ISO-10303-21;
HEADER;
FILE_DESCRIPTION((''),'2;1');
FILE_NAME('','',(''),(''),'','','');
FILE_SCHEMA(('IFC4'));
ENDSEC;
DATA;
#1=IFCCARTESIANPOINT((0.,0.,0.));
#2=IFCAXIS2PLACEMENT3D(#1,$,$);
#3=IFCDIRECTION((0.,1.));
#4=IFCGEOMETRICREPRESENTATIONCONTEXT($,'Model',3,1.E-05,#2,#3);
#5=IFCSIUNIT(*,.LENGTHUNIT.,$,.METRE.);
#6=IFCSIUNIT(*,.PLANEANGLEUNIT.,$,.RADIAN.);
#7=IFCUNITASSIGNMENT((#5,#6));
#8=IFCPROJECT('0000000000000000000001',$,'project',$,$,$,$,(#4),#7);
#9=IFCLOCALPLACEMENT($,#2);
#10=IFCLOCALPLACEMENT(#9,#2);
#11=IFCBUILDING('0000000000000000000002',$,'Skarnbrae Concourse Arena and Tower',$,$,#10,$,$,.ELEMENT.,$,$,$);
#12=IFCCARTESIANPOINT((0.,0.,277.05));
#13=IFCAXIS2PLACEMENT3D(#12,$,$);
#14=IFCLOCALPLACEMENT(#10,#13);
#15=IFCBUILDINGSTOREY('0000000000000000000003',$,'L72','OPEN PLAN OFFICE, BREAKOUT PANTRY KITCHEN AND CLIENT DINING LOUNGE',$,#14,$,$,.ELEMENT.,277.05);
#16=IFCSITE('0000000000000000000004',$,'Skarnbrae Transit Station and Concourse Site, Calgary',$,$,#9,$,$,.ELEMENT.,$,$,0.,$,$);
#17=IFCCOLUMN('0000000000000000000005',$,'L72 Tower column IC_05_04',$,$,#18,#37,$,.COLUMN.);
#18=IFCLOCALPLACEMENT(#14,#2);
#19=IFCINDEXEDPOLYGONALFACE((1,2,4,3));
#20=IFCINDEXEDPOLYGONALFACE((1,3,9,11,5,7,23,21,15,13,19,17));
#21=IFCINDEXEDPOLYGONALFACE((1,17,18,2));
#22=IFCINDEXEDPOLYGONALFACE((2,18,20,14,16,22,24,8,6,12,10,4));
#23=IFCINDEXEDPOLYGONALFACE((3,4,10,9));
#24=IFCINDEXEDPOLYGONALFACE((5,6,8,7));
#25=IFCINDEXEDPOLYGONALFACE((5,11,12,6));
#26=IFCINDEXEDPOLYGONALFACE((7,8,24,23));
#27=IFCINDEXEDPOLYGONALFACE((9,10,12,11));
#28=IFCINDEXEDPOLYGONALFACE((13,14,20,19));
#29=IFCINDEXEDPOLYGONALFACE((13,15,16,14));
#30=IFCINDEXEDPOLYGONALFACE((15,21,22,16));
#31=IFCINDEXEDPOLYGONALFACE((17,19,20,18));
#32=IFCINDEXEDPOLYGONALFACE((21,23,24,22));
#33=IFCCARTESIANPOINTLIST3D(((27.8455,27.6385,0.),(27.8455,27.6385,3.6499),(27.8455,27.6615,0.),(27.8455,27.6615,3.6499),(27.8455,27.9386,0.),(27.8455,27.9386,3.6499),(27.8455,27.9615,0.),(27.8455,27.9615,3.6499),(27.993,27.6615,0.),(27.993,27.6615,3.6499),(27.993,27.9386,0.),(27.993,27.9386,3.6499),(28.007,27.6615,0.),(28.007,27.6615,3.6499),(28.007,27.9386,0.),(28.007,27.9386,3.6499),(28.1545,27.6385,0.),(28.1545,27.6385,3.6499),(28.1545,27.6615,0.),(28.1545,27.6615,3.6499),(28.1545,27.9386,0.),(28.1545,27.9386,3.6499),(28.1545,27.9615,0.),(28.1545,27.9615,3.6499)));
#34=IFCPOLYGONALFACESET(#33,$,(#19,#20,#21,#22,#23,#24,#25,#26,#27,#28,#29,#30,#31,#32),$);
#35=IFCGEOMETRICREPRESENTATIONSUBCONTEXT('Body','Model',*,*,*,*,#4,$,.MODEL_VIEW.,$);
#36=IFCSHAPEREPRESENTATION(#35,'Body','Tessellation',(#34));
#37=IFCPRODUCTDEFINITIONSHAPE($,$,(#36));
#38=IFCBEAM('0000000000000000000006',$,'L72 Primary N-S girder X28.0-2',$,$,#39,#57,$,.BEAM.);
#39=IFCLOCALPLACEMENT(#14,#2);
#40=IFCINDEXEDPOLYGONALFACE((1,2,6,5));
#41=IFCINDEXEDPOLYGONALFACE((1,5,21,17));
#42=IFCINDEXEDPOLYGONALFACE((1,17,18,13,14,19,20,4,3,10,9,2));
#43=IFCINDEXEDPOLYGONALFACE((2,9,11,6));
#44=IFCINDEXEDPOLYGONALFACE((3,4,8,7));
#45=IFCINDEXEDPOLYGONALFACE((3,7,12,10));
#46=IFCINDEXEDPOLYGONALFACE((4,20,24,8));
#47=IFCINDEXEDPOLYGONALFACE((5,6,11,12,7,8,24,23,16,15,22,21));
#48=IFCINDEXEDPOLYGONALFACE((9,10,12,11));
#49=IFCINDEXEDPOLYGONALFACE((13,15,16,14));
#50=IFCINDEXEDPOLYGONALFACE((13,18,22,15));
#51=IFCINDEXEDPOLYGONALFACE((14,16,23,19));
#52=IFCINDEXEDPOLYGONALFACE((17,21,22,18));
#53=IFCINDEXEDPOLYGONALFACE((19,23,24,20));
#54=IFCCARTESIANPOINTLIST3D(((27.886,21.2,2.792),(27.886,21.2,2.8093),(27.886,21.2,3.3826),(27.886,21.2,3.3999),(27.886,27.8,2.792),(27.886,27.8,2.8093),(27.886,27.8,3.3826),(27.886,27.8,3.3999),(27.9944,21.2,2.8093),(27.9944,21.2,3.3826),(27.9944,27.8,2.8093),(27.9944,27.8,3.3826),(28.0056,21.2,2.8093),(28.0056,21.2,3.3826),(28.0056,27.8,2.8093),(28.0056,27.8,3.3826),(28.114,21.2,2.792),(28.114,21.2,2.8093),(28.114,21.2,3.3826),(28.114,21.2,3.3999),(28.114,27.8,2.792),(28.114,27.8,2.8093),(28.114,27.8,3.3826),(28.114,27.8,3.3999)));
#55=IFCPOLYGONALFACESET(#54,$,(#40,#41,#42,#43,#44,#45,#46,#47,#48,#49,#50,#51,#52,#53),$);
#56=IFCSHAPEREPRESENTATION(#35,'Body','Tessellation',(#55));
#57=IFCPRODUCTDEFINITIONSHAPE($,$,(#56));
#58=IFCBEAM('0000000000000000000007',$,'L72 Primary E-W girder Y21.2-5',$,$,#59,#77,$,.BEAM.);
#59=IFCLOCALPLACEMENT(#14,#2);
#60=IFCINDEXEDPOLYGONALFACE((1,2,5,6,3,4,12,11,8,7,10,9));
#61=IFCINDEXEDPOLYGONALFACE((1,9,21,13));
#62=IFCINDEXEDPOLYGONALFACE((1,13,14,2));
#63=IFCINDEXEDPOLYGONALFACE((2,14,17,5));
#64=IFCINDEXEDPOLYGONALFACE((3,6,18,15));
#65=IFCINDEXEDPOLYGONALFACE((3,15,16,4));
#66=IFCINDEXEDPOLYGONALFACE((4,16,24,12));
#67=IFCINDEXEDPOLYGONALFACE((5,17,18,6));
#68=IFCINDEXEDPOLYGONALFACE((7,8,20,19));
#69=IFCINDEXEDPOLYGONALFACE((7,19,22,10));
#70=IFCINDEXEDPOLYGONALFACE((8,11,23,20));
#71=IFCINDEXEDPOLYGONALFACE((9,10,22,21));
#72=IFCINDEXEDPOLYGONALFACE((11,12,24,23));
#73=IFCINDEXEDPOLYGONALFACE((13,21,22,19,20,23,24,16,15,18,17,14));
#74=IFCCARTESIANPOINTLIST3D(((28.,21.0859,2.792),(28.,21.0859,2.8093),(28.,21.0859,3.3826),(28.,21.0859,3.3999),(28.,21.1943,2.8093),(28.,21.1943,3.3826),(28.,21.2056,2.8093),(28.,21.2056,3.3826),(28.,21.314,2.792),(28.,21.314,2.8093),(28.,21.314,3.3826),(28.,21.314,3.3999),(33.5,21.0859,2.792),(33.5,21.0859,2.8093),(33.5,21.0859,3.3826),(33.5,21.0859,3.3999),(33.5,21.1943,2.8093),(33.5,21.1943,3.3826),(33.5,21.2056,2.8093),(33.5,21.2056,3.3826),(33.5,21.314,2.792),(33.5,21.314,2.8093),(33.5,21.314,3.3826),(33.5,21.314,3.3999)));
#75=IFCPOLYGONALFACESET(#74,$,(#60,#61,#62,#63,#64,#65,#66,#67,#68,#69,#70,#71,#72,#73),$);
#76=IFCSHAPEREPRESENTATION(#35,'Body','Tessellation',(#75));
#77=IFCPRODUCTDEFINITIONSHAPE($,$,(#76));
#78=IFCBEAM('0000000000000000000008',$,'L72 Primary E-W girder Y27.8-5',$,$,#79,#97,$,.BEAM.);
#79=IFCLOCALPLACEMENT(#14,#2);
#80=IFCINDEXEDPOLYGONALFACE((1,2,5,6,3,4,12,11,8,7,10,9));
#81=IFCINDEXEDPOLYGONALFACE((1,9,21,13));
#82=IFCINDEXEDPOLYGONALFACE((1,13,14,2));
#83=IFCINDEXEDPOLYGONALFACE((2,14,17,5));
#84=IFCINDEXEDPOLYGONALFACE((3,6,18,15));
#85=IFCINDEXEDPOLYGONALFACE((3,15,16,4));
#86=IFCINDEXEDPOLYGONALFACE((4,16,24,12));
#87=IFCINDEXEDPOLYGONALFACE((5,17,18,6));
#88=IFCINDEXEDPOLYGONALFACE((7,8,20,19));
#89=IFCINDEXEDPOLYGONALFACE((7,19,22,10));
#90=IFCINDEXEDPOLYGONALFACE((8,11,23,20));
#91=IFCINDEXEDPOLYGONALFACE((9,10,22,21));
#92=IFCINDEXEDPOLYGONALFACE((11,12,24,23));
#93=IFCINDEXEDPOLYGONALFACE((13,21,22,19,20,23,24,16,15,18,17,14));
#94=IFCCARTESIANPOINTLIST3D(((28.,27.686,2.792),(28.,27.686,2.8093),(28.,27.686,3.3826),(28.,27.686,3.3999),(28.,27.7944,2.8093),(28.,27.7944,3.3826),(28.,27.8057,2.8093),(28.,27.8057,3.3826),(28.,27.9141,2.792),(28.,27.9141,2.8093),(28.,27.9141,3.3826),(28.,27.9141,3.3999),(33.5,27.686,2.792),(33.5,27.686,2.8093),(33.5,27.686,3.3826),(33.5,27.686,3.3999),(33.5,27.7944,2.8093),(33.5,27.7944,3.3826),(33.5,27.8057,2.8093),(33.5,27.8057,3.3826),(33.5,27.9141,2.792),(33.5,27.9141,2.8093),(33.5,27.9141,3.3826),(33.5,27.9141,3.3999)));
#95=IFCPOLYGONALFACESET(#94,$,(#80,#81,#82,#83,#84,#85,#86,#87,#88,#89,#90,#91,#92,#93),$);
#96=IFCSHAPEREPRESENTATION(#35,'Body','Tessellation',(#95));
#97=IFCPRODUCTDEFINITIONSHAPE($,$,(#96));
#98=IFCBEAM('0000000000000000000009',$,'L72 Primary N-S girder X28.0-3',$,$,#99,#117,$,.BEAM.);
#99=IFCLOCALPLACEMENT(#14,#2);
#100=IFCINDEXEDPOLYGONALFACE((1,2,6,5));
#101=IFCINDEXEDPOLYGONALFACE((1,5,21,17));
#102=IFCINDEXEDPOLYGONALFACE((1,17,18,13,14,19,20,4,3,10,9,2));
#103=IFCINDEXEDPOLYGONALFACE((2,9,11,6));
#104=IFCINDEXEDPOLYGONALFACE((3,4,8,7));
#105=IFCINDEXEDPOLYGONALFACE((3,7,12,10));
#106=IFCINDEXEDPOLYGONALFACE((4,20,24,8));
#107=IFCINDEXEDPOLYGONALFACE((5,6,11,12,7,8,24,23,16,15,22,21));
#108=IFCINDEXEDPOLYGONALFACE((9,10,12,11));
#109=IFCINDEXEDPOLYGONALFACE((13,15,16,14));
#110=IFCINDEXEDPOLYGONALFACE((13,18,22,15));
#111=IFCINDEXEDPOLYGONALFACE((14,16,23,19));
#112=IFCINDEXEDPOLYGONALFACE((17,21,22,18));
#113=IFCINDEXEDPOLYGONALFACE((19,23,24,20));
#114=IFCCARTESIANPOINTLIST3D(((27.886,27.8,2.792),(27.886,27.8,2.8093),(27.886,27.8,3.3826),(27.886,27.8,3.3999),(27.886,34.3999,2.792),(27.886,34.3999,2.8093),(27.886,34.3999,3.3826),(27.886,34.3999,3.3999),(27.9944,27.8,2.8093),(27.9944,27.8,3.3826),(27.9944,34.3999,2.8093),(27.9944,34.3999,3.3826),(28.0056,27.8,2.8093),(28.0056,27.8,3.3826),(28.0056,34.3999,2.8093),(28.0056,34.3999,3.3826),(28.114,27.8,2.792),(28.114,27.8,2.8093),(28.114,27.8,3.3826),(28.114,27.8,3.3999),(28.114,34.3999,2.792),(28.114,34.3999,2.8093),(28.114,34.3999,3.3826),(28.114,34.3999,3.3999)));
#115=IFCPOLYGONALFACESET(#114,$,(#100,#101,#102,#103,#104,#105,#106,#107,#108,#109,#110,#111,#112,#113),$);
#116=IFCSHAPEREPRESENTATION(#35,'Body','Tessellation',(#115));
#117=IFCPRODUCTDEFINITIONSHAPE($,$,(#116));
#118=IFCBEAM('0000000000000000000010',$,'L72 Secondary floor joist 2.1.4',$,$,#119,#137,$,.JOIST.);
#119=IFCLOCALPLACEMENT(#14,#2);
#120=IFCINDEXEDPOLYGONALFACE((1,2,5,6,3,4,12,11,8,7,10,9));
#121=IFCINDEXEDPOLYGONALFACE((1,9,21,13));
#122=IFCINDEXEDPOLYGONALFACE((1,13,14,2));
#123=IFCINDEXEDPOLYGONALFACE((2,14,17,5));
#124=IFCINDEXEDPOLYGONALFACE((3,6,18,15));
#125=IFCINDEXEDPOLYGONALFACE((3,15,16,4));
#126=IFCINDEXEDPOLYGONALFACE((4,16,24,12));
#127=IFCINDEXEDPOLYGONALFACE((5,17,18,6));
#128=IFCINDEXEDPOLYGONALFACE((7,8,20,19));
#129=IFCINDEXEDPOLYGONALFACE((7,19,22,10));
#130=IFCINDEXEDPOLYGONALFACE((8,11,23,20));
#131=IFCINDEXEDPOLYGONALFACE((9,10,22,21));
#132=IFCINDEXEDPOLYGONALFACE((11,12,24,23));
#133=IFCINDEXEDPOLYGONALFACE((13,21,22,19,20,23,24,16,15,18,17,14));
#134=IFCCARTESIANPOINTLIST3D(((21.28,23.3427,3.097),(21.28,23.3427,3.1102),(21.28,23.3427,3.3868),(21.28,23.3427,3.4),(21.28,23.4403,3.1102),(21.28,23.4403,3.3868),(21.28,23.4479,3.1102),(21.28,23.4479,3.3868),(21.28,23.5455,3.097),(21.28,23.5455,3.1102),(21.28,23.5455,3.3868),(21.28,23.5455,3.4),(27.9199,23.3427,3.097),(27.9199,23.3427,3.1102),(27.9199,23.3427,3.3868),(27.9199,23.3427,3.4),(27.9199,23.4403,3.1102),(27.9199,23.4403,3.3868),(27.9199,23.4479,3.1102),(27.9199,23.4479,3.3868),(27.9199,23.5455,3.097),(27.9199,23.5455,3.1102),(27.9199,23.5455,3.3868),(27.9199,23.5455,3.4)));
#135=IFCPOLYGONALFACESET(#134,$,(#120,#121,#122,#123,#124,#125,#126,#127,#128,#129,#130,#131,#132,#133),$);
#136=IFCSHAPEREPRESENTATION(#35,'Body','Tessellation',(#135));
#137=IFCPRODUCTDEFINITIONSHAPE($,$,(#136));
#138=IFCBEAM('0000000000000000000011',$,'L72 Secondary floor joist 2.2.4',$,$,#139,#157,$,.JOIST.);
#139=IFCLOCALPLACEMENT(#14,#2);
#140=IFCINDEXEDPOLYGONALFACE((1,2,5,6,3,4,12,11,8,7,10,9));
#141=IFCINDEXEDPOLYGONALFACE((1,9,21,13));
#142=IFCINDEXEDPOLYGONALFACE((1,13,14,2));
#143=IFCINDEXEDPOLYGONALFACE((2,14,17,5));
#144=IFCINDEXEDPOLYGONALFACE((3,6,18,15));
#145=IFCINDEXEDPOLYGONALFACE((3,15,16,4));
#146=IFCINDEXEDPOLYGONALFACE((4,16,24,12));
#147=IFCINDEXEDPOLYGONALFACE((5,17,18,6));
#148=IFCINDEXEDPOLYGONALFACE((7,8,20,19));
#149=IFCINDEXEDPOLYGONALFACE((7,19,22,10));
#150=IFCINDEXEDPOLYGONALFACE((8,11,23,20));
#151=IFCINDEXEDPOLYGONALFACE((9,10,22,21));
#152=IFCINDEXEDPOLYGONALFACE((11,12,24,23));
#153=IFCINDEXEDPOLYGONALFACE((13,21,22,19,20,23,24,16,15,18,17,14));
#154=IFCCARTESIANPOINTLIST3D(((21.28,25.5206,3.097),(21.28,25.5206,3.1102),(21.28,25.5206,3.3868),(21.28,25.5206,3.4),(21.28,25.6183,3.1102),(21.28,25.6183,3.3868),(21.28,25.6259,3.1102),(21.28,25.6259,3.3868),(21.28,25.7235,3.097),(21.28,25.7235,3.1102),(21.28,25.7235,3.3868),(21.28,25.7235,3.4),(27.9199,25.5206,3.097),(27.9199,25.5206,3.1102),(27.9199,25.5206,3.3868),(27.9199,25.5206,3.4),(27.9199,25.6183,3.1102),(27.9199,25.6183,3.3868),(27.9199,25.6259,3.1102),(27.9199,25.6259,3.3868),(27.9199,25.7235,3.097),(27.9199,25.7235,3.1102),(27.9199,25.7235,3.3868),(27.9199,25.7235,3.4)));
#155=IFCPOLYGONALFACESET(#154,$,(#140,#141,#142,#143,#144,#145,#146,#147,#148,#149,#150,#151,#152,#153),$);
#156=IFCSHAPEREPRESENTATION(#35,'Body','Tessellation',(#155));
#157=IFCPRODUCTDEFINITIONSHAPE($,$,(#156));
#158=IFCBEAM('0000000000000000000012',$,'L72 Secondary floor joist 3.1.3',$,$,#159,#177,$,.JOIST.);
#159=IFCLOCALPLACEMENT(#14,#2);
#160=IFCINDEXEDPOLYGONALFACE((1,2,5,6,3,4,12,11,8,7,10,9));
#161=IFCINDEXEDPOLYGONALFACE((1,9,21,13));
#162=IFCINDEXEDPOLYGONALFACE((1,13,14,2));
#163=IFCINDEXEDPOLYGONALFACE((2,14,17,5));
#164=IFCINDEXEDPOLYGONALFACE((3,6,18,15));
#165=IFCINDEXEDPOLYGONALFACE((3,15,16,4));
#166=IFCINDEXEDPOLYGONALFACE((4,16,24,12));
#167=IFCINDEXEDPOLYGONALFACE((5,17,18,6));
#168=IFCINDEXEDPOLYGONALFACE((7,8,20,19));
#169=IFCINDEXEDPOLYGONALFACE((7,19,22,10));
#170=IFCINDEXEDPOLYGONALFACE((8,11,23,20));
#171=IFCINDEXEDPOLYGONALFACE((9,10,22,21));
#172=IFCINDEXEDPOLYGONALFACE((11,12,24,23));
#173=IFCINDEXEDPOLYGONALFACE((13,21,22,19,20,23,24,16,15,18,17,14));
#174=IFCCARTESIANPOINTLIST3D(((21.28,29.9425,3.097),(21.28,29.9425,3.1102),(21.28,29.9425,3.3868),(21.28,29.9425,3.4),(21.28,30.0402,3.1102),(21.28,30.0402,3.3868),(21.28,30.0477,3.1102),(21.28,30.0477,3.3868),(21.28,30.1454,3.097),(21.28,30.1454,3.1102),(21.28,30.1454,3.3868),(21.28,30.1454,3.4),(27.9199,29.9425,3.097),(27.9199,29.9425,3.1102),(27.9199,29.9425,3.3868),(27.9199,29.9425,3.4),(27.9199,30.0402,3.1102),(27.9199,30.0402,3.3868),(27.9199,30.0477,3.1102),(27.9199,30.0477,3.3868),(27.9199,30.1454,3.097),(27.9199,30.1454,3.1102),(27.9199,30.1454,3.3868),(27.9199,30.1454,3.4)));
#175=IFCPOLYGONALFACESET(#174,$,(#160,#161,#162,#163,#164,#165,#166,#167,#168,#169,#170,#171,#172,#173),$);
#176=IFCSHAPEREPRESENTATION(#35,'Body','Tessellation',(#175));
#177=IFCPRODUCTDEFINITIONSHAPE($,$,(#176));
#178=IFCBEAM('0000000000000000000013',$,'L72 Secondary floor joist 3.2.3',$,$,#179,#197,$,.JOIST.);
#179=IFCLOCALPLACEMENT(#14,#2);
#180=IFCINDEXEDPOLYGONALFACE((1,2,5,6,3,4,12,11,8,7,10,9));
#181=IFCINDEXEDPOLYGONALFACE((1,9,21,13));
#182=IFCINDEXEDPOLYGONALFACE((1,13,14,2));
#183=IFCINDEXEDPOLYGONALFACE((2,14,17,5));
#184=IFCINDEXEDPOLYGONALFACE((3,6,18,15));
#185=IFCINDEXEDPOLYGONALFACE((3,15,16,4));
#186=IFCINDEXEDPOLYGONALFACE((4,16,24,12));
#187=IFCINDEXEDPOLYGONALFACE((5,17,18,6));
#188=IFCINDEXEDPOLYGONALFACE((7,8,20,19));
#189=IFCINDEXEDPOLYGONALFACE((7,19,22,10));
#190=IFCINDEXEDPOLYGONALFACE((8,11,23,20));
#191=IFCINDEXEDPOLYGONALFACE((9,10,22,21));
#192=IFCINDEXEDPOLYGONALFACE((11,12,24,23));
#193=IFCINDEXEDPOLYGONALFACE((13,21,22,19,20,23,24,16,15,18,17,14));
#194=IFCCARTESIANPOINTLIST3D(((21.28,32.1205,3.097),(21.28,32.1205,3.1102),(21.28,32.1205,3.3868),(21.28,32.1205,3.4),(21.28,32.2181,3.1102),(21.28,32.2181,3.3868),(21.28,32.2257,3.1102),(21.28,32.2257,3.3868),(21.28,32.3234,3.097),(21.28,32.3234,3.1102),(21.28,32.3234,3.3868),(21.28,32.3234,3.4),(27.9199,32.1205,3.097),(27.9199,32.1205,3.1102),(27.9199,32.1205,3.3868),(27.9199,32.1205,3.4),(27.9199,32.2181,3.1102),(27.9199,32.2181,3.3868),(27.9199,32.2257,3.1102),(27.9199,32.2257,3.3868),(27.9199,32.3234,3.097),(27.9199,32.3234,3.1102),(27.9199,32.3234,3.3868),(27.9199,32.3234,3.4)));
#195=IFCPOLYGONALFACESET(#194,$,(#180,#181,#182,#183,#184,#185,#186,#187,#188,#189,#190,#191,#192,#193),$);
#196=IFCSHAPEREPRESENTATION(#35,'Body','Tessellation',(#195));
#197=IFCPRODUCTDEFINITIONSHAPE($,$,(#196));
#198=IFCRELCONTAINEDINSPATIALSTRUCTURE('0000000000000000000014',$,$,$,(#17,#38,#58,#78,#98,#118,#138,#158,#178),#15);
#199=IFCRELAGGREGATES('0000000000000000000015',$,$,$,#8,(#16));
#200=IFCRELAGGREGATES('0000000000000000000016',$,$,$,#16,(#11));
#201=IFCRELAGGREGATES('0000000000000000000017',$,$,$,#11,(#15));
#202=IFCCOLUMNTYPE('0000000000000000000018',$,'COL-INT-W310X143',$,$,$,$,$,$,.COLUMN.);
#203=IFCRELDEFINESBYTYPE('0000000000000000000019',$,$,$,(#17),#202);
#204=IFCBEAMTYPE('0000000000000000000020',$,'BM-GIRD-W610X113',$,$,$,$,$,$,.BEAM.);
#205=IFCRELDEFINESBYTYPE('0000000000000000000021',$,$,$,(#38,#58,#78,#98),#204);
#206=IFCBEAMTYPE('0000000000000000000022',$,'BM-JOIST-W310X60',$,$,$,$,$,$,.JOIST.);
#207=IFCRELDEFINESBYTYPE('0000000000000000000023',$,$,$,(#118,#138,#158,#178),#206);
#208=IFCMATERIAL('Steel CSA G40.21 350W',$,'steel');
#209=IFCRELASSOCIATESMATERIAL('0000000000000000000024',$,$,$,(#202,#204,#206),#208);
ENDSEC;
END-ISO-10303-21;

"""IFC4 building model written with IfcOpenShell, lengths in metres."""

from ifc_helpers import new_model, si_unit, direction, frame, origin, origin_2d, place, context, subcontext, project, spatial, i_section, extrude, source, transform, mapped, material, material_profile, profile_set, type_object, element, save


model = new_model("IFC4")

# Units and contexts
model_context = context("Model", 3, precision=1e-05, world=origin(), true_north=direction((0.0, 1.0)))
body_context = subcontext(model_context, "Body", "Model", "MODEL_VIEW")
ifc_project = project(units=[si_unit("LENGTHUNIT", "METRE"), si_unit("PLANEANGLEUNIT", "RADIAN")], contexts=[model_context])

# Site, building, storey
site_placement = place(None, origin())
site = spatial("IfcSite", under=ifc_project, at=site_placement, Name="Skarnbrae Transit Station and Concourse Site, Calgary", CompositionType="ELEMENT", RefElevation=0.0)
building_placement = place(site_placement, origin())
building = spatial("IfcBuilding", under=site, at=building_placement, Name="Skarnbrae Concourse Arena and Tower", CompositionType="ELEMENT")
storey_placement = place(building_placement, frame((0.0, 0.0, 277.05)))
storey = spatial("IfcBuildingStorey", under=building, at=storey_placement, Name="L72", Description="OPEN PLAN OFFICE, BREAKOUT PANTRY KITCHEN AND CLIENT DINING LOUNGE", CompositionType="ELEMENT", Elevation=277.05)

# Column
ifc_material_1 = material(Name="Steel CSA G40.21 350W", Category="steel")
ifc_material_profile_1 = material_profile(ifc_material_1, i_section(OverallWidth=0.3091, OverallDepth=0.323, WebThickness=0.0139, FlangeThickness=0.0229, at=origin_2d()), Name="W310X143")
ifc_profile_set_1 = profile_set([ifc_material_profile_1], Name="Steel CSA G40.21 350W")
column_type = type_object("IfcColumnType", Name="COL-INT-W310X143", PredefinedType="COLUMN", material=ifc_profile_set_1)
shared_shape_1 = source(origin(), body_context, "Body", "SweptSolid", [
    extrude(i_section(OverallWidth=0.3091, OverallDepth=0.323, WebThickness=0.0139, FlangeThickness=0.0229, at=origin_2d()), origin(), (0.0, 0.0, 1.0), 3.6499),
])
column_placement = place(storey_placement, frame((28.0, 27.8, 0.0), z_axis=(0.0, 0.0, 1.0), x_axis=(1.0, 0.0, 0.0)))
element("IfcColumn", 1, at=column_placement, inside=storey, type_object=column_type, Name="L72 Tower column IC_05_04", PredefinedType="COLUMN", context=body_context, shape_type="MappedRepresentation", body=[
    mapped(shared_shape_1, transform((0.0, 0.0, 0.0))),
])

# Beams
ifc_material_profile_2 = material_profile(ifc_material_1, i_section(OverallWidth=0.228, OverallDepth=0.6079, WebThickness=0.0112, FlangeThickness=0.0173, at=origin_2d()), Name="W610X113")
ifc_profile_set_2 = profile_set([ifc_material_profile_2], Name="Steel CSA G40.21 350W")
beam_type_1 = type_object("IfcBeamType", Name="BM-GIRD-W610X113", PredefinedType="BEAM", material=ifc_profile_set_2)
shared_shape_2 = source(origin(), body_context, "Body", "SweptSolid", [
    extrude(i_section(OverallWidth=0.228, OverallDepth=0.6079, WebThickness=0.0112, FlangeThickness=0.0173, at=origin_2d()), origin(), (0.0, 0.0, 1.0), 6.6001),
])
beam_1_placement = place(storey_placement, frame((28.0, 21.2, 3.0959), z_axis=(0.0, 1.0, 0.0), x_axis=(-1.0, 0.0, 0.0)))
element("IfcBeam", 2, at=beam_1_placement, inside=storey, type_object=beam_type_1, Name="L72 Primary N-S girder X28.0-2", PredefinedType="BEAM", context=body_context, shape_type="MappedRepresentation", body=[
    mapped(shared_shape_2, transform((0.0, 0.0, 0.0))),
])
shared_shape_3 = source(origin(), body_context, "Body", "SweptSolid", [
    extrude(i_section(OverallWidth=0.228, OverallDepth=0.6079, WebThickness=0.0112, FlangeThickness=0.0173, at=origin_2d()), origin(), (0.0, 0.0, 1.0), 5.5),
])
for number, where, z_axis, x_axis, name in (
    (3, (28.0, 21.2, 3.0959), (1.0, 0.0, 0.0), (0.0, 1.0, 0.0), "L72 Primary E-W girder Y21.2-5"),
    (4, (28.0, 27.8, 3.0959), (1.0, 0.0, 0.0), (0.0, 1.0, 0.0), "L72 Primary E-W girder Y27.8-5"),
):
    element("IfcBeam", number, at=place(storey_placement, frame(where, z_axis=z_axis, x_axis=x_axis)), inside=storey, type_object=beam_type_1, Name=name, PredefinedType="BEAM", context=body_context, shape_type="MappedRepresentation", body=[
        mapped(shared_shape_3, transform((0.0, 0.0, 0.0))),
    ])
shared_shape_4 = source(origin(), body_context, "Body", "SweptSolid", [
    extrude(i_section(OverallWidth=0.228, OverallDepth=0.6079, WebThickness=0.0112, FlangeThickness=0.0173, at=origin_2d()), origin(), (0.0, 0.0, 1.0), 6.5999),
])
beam_2_placement = place(storey_placement, frame((28.0, 27.8, 3.0959), z_axis=(0.0, 1.0, 0.0), x_axis=(-1.0, 0.0, 0.0)))
element("IfcBeam", 5, at=beam_2_placement, inside=storey, type_object=beam_type_1, Name="L72 Primary N-S girder X28.0-3", PredefinedType="BEAM", context=body_context, shape_type="MappedRepresentation", body=[
    mapped(shared_shape_4, transform((0.0, 0.0, 0.0))),
])
ifc_material_profile_3 = material_profile(ifc_material_1, i_section(OverallWidth=0.2029, OverallDepth=0.303, WebThickness=0.0076, FlangeThickness=0.0132, at=origin_2d()), Name="W310X60")
ifc_profile_set_3 = profile_set([ifc_material_profile_3], Name="Steel CSA G40.21 350W")
beam_type_2 = type_object("IfcBeamType", Name="BM-JOIST-W310X60", PredefinedType="JOIST", material=ifc_profile_set_3)
shared_shape_5 = source(origin(), body_context, "Body", "SweptSolid", [
    extrude(i_section(OverallWidth=0.2029, OverallDepth=0.303, WebThickness=0.0076, FlangeThickness=0.0132, at=origin_2d()), origin(), (0.0, 0.0, 1.0), 6.6399),
])
for number, where, z_axis, x_axis, name in (
    (6, (21.28, 23.4441, 3.2485), (1.0, 0.0, 0.0), (0.0, 1.0, 0.0), "L72 Secondary floor joist 2.1.4"),
    (7, (21.28, 25.6221, 3.2485), (1.0, 0.0, 0.0), (0.0, 1.0, 0.0), "L72 Secondary floor joist 2.2.4"),
    (8, (21.28, 30.0439, 3.2485), (1.0, 0.0, 0.0), (0.0, 1.0, 0.0), "L72 Secondary floor joist 3.1.3"),
    (9, (21.28, 32.2219, 3.2485), (1.0, 0.0, 0.0), (0.0, 1.0, 0.0), "L72 Secondary floor joist 3.2.3"),
):
    element("IfcBeam", number, at=place(storey_placement, frame(where, z_axis=z_axis, x_axis=x_axis)), inside=storey, type_object=beam_type_2, Name=name, PredefinedType="JOIST", context=body_context, shape_type="MappedRepresentation", body=[
        mapped(shared_shape_5, transform((0.0, 0.0, 0.0))),
    ])

save(model, "model.ifc")
